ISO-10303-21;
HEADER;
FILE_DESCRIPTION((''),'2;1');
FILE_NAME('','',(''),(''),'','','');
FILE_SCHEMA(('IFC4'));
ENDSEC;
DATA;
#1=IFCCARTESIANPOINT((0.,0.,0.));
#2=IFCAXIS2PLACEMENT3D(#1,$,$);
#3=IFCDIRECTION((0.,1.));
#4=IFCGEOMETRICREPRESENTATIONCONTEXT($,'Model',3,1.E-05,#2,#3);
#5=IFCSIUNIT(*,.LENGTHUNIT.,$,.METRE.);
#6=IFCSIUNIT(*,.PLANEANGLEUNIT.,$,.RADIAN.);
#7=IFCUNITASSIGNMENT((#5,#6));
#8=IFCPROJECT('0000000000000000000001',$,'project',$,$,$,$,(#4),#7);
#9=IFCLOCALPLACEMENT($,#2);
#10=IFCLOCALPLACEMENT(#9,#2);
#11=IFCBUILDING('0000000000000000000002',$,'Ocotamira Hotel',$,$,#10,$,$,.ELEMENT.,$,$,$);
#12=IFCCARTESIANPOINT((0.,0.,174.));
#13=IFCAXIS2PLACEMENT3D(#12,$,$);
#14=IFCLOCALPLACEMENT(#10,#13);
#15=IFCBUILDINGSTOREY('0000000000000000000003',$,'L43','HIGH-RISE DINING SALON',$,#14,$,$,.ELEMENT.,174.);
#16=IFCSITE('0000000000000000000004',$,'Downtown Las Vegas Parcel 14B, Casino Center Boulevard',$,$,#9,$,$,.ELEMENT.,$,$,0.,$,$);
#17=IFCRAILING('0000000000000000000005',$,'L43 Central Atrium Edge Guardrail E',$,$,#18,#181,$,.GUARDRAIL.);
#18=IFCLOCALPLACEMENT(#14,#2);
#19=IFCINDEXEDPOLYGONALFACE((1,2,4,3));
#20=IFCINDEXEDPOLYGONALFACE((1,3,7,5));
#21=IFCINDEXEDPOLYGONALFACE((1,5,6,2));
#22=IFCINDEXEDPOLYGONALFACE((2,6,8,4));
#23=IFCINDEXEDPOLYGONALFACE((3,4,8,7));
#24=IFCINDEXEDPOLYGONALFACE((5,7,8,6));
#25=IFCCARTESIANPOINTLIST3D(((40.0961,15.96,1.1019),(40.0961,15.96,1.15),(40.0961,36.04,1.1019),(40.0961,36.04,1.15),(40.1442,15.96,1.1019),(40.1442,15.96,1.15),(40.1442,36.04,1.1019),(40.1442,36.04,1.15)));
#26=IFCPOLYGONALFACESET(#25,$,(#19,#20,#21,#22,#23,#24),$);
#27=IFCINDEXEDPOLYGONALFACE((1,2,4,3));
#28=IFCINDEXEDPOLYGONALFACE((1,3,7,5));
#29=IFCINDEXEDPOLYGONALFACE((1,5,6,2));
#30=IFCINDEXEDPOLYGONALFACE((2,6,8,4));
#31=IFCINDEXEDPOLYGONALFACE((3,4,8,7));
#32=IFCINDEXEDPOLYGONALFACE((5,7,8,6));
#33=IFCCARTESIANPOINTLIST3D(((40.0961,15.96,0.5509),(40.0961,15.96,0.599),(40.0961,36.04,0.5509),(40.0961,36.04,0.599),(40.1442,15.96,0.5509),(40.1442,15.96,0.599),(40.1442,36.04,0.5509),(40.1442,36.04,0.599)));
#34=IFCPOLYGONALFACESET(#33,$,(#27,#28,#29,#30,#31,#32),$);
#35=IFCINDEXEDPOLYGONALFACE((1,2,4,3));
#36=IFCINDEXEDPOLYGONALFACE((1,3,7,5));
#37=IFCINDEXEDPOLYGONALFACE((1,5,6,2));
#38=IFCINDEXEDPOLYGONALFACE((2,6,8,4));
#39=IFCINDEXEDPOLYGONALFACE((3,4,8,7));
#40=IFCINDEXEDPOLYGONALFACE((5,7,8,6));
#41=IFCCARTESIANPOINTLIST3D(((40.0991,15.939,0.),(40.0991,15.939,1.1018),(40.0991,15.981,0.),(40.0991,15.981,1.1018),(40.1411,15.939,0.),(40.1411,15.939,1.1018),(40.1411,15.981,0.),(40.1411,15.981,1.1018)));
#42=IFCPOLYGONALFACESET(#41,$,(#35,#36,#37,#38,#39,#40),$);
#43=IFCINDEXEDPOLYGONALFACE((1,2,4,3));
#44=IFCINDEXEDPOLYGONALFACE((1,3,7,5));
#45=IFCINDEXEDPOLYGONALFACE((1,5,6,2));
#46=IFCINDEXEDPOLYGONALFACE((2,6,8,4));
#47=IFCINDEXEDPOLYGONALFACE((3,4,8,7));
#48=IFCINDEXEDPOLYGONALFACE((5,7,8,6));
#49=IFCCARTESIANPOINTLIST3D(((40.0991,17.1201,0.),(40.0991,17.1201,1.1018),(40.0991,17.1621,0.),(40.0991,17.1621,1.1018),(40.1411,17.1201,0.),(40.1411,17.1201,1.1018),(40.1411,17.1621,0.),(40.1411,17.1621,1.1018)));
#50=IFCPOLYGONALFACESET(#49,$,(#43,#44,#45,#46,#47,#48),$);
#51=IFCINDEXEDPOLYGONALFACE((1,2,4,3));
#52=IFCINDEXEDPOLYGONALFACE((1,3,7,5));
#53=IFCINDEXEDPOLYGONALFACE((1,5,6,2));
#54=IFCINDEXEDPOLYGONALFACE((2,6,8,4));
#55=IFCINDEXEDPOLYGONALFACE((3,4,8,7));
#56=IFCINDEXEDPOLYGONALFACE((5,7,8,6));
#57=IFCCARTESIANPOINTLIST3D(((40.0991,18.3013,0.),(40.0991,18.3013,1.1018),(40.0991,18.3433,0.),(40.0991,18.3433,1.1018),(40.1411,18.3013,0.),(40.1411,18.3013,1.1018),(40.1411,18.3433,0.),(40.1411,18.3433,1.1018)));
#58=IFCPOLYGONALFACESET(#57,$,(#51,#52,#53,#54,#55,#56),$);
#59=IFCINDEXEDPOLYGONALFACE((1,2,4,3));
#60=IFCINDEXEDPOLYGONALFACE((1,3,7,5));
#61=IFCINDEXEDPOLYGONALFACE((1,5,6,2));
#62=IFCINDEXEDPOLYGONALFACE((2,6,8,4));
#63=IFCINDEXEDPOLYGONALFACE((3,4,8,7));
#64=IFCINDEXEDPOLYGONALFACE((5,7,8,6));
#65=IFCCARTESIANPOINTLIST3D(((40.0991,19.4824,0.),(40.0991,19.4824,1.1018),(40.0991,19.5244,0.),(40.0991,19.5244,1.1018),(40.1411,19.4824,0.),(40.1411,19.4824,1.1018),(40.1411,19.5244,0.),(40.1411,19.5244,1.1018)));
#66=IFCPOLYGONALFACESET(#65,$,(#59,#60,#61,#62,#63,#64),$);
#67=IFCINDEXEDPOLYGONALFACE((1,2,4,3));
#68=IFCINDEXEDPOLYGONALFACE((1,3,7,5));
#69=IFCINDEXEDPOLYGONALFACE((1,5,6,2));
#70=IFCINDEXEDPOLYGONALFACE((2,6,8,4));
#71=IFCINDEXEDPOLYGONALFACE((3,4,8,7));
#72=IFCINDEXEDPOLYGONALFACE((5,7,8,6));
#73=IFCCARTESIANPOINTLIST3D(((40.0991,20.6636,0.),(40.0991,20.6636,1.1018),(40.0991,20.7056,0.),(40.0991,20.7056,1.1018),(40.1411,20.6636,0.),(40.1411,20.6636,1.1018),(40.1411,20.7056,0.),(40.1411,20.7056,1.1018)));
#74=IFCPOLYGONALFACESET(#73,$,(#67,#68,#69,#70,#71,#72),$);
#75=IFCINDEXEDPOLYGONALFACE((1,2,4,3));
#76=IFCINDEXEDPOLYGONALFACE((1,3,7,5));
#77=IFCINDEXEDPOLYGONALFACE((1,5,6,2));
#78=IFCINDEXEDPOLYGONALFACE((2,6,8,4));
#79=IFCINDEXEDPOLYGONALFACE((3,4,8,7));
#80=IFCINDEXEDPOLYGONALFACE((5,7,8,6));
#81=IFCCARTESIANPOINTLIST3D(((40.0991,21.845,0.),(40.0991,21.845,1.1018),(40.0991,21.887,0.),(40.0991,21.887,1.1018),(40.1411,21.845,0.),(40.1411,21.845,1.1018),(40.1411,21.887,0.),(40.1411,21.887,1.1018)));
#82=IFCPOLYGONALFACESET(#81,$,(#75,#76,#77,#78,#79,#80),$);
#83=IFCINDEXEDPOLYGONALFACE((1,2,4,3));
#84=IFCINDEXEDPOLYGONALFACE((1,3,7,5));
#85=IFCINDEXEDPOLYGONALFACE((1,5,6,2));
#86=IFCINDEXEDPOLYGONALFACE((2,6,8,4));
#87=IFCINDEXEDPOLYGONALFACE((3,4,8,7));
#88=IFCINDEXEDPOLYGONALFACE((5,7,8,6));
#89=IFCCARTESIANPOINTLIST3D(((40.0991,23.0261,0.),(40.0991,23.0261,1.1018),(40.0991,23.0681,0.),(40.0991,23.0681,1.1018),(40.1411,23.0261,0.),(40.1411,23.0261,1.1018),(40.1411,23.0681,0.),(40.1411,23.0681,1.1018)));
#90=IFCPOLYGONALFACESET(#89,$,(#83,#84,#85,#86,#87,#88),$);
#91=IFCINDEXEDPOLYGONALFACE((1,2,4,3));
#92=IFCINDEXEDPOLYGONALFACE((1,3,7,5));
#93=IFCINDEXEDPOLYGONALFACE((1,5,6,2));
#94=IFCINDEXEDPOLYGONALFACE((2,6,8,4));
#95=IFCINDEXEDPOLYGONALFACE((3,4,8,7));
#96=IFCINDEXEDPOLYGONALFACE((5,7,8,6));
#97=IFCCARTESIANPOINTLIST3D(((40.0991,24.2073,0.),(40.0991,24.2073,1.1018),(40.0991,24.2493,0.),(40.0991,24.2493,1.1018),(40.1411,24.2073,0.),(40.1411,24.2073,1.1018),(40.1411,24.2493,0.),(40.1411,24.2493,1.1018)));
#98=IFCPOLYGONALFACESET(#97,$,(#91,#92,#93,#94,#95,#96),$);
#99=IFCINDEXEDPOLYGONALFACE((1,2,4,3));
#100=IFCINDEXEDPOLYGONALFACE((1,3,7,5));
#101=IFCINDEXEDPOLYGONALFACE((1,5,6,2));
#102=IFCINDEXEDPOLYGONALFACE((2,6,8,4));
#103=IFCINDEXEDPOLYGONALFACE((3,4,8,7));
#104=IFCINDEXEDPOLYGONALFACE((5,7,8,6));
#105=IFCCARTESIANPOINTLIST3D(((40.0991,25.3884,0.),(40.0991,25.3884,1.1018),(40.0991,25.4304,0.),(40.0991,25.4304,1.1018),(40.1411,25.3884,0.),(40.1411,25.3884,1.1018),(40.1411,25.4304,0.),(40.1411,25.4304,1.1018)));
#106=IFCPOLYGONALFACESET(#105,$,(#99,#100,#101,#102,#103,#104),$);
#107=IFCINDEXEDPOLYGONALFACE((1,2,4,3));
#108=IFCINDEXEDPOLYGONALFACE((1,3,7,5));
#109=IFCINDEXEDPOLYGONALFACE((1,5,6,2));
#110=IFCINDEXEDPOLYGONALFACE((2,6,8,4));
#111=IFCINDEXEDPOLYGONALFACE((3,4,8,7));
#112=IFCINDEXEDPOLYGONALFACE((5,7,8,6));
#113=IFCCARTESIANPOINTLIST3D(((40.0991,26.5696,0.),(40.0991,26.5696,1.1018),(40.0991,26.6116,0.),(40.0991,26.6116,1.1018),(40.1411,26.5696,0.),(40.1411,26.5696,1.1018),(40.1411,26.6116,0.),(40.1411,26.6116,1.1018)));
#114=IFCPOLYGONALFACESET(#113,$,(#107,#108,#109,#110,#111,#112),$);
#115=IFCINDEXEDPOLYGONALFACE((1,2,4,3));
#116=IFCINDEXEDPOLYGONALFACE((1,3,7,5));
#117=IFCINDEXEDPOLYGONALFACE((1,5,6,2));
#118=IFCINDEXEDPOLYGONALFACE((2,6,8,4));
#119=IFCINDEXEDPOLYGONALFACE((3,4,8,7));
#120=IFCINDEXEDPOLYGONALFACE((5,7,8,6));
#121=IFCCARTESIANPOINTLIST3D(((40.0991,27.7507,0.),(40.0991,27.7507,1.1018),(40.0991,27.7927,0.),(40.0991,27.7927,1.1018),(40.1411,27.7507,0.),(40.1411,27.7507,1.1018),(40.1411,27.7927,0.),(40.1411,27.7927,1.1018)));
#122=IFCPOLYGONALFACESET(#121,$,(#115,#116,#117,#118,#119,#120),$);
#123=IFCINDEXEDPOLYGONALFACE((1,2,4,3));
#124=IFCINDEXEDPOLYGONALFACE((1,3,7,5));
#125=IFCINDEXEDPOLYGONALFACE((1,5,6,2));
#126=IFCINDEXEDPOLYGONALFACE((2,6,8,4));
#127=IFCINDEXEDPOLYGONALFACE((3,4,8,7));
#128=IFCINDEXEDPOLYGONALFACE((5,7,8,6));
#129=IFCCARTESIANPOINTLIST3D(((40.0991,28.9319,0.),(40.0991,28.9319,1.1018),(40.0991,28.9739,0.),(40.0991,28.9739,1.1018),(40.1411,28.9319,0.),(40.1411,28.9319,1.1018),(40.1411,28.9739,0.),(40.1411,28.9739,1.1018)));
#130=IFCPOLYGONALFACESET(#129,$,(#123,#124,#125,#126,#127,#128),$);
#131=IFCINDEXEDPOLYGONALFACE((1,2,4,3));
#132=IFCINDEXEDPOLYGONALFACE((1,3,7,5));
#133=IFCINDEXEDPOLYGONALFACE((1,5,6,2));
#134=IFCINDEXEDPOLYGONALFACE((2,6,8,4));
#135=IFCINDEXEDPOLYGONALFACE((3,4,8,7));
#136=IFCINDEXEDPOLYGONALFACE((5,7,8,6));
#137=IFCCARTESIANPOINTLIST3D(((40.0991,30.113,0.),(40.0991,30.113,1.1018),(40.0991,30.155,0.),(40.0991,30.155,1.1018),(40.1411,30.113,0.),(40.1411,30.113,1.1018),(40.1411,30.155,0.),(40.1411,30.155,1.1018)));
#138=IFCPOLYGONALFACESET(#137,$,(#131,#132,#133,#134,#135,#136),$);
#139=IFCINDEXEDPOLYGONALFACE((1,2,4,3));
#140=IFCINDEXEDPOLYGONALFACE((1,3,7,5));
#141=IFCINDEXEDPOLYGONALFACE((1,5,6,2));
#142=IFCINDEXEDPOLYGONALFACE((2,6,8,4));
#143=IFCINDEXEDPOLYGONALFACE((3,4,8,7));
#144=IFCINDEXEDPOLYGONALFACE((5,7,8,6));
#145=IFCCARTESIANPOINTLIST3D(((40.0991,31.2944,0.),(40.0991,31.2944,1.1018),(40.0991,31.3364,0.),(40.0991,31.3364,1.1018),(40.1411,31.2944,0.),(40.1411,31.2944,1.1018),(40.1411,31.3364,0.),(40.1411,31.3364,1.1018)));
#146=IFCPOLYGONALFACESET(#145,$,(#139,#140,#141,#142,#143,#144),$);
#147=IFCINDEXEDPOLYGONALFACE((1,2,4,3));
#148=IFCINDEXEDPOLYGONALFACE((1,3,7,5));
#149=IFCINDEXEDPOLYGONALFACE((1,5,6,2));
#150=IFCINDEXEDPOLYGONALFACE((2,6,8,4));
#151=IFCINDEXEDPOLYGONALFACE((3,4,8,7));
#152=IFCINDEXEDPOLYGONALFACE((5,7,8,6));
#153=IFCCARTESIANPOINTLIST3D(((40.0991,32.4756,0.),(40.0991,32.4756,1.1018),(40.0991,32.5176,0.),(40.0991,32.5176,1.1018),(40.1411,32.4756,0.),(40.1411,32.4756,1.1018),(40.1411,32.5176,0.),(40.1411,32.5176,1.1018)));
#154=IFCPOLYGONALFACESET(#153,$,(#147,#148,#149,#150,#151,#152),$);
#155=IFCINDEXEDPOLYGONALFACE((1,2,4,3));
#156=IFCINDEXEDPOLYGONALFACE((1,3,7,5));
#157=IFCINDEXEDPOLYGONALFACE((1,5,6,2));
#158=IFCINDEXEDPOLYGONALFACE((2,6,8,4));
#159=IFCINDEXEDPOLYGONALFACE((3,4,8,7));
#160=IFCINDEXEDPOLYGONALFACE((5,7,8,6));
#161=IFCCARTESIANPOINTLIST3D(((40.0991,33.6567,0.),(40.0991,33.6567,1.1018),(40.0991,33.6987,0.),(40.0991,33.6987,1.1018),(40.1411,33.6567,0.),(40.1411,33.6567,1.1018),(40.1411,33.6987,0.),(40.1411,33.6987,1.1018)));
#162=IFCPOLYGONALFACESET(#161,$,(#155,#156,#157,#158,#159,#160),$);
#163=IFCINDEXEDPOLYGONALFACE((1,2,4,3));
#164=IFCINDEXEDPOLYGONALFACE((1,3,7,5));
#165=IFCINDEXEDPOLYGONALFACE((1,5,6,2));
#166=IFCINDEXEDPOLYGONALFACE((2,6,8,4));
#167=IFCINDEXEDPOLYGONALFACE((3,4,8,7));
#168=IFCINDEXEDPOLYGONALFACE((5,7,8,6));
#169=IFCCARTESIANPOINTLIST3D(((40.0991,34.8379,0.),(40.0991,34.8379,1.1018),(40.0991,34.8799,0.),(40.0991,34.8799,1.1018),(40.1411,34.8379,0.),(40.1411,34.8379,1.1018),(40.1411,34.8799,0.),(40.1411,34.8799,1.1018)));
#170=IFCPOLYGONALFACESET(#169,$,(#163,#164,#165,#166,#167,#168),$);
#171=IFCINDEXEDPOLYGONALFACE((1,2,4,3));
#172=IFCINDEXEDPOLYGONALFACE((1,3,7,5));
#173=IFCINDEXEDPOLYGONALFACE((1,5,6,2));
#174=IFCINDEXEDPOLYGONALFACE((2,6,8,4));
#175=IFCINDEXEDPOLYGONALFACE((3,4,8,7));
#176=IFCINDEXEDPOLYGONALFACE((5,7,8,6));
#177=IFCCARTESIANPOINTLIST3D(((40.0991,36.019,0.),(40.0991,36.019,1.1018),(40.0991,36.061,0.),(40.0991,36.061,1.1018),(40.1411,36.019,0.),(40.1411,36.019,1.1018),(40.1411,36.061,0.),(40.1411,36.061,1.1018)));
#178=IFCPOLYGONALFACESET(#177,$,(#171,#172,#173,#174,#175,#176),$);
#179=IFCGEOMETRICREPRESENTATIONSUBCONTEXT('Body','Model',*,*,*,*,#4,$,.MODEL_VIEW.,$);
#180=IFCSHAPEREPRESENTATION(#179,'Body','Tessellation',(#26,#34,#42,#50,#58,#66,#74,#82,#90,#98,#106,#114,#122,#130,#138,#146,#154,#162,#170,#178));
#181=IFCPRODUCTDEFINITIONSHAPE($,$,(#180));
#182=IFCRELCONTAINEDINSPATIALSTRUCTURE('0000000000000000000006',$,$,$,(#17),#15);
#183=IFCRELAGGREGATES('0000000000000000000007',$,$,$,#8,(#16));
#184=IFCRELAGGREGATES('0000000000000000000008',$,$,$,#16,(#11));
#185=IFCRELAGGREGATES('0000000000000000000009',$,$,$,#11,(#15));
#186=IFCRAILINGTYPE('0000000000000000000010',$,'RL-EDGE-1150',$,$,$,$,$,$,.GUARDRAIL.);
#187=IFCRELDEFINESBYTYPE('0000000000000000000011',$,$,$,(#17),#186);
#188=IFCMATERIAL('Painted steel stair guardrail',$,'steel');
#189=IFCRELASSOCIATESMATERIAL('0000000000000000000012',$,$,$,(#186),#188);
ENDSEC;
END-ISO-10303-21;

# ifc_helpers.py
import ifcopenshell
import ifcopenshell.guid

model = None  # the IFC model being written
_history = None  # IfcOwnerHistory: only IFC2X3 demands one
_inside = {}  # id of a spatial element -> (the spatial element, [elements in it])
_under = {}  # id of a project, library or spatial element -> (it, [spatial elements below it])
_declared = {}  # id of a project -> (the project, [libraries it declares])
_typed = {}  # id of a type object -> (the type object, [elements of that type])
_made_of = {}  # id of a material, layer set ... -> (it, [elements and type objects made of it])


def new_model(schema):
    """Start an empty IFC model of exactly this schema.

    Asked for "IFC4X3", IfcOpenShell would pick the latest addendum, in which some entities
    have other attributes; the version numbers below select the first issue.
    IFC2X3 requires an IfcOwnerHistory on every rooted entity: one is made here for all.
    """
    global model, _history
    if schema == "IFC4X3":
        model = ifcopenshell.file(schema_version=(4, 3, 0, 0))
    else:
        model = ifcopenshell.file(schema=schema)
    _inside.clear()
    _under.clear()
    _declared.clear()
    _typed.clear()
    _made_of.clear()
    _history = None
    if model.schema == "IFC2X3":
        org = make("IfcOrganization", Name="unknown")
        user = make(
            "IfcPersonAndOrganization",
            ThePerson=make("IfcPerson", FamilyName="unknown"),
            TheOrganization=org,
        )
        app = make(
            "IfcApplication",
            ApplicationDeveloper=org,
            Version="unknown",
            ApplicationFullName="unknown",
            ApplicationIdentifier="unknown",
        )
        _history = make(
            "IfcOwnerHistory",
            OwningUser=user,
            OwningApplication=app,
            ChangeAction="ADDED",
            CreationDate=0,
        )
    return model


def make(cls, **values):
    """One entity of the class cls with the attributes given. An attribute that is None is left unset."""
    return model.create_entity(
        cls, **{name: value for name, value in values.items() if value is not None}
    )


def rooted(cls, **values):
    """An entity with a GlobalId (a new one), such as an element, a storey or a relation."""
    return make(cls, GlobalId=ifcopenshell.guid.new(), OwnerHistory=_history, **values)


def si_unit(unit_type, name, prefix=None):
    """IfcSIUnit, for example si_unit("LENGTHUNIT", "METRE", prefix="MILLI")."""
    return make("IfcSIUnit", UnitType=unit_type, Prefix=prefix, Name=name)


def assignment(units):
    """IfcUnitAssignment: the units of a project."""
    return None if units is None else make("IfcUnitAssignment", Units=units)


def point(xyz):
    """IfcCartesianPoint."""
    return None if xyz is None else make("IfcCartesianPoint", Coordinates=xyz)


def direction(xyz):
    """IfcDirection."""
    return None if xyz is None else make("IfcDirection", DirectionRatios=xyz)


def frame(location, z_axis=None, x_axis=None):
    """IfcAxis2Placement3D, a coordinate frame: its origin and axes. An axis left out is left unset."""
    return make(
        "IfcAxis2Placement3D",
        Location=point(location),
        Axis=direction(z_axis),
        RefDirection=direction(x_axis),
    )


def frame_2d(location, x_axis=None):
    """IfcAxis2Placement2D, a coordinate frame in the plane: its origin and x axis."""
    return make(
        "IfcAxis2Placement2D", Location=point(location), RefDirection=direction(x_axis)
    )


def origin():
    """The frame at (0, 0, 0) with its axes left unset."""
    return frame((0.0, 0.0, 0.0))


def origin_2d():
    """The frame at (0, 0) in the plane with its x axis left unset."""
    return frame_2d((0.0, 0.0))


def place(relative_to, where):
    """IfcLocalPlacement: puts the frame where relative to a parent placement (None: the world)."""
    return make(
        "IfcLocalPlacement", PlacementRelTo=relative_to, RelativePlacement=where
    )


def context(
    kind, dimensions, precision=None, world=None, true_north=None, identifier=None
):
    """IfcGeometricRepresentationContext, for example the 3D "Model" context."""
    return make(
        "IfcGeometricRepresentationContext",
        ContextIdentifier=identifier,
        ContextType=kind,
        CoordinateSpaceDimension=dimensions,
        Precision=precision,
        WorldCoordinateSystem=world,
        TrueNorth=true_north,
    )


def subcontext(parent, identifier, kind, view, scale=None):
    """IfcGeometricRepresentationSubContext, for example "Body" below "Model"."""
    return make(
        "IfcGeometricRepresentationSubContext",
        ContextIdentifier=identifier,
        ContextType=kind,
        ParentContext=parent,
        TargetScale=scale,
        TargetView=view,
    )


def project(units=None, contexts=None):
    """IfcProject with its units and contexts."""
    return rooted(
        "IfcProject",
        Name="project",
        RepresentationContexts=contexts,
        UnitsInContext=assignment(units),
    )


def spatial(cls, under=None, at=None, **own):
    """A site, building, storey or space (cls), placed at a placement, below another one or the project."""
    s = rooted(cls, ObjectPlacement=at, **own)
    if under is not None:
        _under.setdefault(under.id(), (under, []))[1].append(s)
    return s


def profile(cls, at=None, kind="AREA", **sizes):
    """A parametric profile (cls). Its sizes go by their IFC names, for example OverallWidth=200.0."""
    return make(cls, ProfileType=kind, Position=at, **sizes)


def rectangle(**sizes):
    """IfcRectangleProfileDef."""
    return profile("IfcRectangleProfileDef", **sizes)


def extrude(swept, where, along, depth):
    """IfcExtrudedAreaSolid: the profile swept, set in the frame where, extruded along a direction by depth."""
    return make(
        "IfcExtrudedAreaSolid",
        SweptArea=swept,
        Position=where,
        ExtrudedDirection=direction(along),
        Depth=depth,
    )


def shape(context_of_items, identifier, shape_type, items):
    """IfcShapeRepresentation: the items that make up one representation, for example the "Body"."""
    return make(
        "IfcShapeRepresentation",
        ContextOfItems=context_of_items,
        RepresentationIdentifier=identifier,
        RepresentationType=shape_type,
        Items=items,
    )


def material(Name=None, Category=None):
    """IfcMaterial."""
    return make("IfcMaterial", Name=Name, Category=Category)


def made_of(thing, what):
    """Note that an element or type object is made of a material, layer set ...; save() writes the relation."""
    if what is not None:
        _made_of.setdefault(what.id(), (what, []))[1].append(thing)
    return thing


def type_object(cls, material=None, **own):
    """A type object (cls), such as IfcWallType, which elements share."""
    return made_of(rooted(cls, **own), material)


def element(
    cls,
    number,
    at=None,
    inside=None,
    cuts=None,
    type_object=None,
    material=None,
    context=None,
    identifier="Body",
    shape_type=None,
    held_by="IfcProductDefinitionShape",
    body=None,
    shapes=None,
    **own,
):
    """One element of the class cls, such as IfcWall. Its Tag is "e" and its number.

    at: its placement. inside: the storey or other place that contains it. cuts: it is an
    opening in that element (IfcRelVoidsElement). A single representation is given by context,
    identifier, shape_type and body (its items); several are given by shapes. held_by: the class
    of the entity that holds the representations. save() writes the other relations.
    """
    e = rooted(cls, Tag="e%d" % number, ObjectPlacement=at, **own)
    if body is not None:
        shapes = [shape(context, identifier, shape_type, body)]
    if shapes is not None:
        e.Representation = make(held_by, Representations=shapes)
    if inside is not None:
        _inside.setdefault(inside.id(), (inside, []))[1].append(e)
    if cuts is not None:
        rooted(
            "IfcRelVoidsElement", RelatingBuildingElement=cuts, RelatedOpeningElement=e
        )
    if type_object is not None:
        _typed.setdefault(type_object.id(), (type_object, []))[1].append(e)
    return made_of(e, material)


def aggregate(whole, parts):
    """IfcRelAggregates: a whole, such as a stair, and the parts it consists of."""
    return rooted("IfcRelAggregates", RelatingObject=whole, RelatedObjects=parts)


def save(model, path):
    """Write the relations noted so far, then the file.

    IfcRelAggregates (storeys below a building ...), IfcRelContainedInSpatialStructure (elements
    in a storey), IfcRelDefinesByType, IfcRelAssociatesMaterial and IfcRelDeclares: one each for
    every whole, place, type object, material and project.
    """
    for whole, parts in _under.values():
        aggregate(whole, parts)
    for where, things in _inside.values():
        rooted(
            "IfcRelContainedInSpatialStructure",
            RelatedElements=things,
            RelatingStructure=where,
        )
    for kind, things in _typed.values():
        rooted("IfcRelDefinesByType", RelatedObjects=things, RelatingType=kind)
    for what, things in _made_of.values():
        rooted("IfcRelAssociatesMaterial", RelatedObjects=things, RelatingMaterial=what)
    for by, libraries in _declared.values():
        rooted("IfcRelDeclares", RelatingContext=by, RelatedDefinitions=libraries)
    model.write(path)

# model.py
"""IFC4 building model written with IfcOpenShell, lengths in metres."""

from ifc_helpers import new_model, si_unit, direction, frame, origin, origin_2d, place, context, subcontext, project, spatial, rectangle, extrude, material, type_object, element, save


model = new_model("IFC4")

# Units and contexts
model_context = context("Model", 3, precision=1e-05, world=origin(), true_north=direction((0.0, 1.0)))
body_context = subcontext(model_context, "Body", "Model", "MODEL_VIEW")
ifc_project = project(units=[si_unit("LENGTHUNIT", "METRE"), si_unit("PLANEANGLEUNIT", "RADIAN")], contexts=[model_context])

# Site, building, storey
site_placement = place(None, origin())
site = spatial("IfcSite", under=ifc_project, at=site_placement, Name="Downtown Las Vegas Parcel 14B, Casino Center Boulevard", CompositionType="ELEMENT", RefElevation=0.0)
building_placement = place(site_placement, origin())
building = spatial("IfcBuilding", under=site, at=building_placement, Name="Ocotamira Hotel", CompositionType="ELEMENT")
storey_placement = place(building_placement, frame((0.0, 0.0, 174.0)))
storey = spatial("IfcBuildingStorey", under=building, at=storey_placement, Name="L43", Description="HIGH-RISE DINING SALON", CompositionType="ELEMENT", Elevation=174.0)

# Railing
ifc_material_1 = material(Name="Painted steel stair guardrail", Category="steel")
railing_type = type_object("IfcRailingType", Name="RL-EDGE-1150", PredefinedType="GUARDRAIL", material=ifc_material_1)
railing_placement = place(storey_placement, frame((40.1201, 15.96, 0.0)))
element("IfcRailing", 1, at=railing_placement, inside=storey, type_object=railing_type, Name="L43 Central Atrium Edge Guardrail E", PredefinedType="GUARDRAIL", context=body_context, shape_type="SweptSolid", body=[
    extrude(rectangle(XDim=0.0481, YDim=0.0481, at=origin_2d()), frame((0.0, 0.0, 1.126), z_axis=(0.0, 1.0, 0.0), x_axis=(-1.0, 0.0, 0.0)), (0.0, 0.0, 1.0), 20.0801),
    extrude(rectangle(XDim=0.0481, YDim=0.0481, at=origin_2d()), frame((0.0, 0.0, 0.575), z_axis=(0.0, 1.0, 0.0), x_axis=(-1.0, 0.0, 0.0)), (0.0, 0.0, 1.0), 20.0801),
    extrude(rectangle(XDim=0.042, YDim=0.042, at=origin_2d()), origin(), (0.0, 0.0, 1.0), 1.1018),
    extrude(rectangle(XDim=0.042, YDim=0.042, at=origin_2d()), frame((0.0, 1.1812, 0.0)), (0.0, 0.0, 1.0), 1.1018),
    extrude(rectangle(XDim=0.042, YDim=0.042, at=origin_2d()), frame((0.0, 2.3623, 0.0)), (0.0, 0.0, 1.0), 1.1018),
    extrude(rectangle(XDim=0.042, YDim=0.042, at=origin_2d()), frame((0.0, 3.5435, 0.0)), (0.0, 0.0, 1.0), 1.1018),
    extrude(rectangle(XDim=0.042, YDim=0.042, at=origin_2d()), frame((0.0, 4.7246, 0.0)), (0.0, 0.0, 1.0), 1.1018),
    extrude(rectangle(XDim=0.042, YDim=0.042, at=origin_2d()), frame((0.0, 5.906, 0.0)), (0.0, 0.0, 1.0), 1.1018),
    extrude(rectangle(XDim=0.042, YDim=0.042, at=origin_2d()), frame((0.0, 7.0872, 0.0)), (0.0, 0.0, 1.0), 1.1018),
    extrude(rectangle(XDim=0.042, YDim=0.042, at=origin_2d()), frame((0.0, 8.2683, 0.0)), (0.0, 0.0, 1.0), 1.1018),
    extrude(rectangle(XDim=0.042, YDim=0.042, at=origin_2d()), frame((0.0, 9.4495, 0.0)), (0.0, 0.0, 1.0), 1.1018),
    extrude(rectangle(XDim=0.042, YDim=0.042, at=origin_2d()), frame((0.0, 10.6306, 0.0)), (0.0, 0.0, 1.0), 1.1018),
    extrude(rectangle(XDim=0.042, YDim=0.042, at=origin_2d()), frame((0.0, 11.8118, 0.0)), (0.0, 0.0, 1.0), 1.1018),
    extrude(rectangle(XDim=0.042, YDim=0.042, at=origin_2d()), frame((0.0, 12.9929, 0.0)), (0.0, 0.0, 1.0), 1.1018),
    extrude(rectangle(XDim=0.042, YDim=0.042, at=origin_2d()), frame((0.0, 14.1741, 0.0)), (0.0, 0.0, 1.0), 1.1018),
    extrude(rectangle(XDim=0.042, YDim=0.042, at=origin_2d()), frame((0.0, 15.3555, 0.0)), (0.0, 0.0, 1.0), 1.1018),
    extrude(rectangle(XDim=0.042, YDim=0.042, at=origin_2d()), frame((0.0, 16.5366, 0.0)), (0.0, 0.0, 1.0), 1.1018),
    extrude(rectangle(XDim=0.042, YDim=0.042, at=origin_2d()), frame((0.0, 17.7178, 0.0)), (0.0, 0.0, 1.0), 1.1018),
    extrude(rectangle(XDim=0.042, YDim=0.042, at=origin_2d()), frame((0.0, 18.8989, 0.0)), (0.0, 0.0, 1.0), 1.1018),
    extrude(rectangle(XDim=0.042, YDim=0.042, at=origin_2d()), frame((0.0, 20.0801, 0.0)), (0.0, 0.0, 1.0), 1.1018),
])

save(model, "model.ifc")
